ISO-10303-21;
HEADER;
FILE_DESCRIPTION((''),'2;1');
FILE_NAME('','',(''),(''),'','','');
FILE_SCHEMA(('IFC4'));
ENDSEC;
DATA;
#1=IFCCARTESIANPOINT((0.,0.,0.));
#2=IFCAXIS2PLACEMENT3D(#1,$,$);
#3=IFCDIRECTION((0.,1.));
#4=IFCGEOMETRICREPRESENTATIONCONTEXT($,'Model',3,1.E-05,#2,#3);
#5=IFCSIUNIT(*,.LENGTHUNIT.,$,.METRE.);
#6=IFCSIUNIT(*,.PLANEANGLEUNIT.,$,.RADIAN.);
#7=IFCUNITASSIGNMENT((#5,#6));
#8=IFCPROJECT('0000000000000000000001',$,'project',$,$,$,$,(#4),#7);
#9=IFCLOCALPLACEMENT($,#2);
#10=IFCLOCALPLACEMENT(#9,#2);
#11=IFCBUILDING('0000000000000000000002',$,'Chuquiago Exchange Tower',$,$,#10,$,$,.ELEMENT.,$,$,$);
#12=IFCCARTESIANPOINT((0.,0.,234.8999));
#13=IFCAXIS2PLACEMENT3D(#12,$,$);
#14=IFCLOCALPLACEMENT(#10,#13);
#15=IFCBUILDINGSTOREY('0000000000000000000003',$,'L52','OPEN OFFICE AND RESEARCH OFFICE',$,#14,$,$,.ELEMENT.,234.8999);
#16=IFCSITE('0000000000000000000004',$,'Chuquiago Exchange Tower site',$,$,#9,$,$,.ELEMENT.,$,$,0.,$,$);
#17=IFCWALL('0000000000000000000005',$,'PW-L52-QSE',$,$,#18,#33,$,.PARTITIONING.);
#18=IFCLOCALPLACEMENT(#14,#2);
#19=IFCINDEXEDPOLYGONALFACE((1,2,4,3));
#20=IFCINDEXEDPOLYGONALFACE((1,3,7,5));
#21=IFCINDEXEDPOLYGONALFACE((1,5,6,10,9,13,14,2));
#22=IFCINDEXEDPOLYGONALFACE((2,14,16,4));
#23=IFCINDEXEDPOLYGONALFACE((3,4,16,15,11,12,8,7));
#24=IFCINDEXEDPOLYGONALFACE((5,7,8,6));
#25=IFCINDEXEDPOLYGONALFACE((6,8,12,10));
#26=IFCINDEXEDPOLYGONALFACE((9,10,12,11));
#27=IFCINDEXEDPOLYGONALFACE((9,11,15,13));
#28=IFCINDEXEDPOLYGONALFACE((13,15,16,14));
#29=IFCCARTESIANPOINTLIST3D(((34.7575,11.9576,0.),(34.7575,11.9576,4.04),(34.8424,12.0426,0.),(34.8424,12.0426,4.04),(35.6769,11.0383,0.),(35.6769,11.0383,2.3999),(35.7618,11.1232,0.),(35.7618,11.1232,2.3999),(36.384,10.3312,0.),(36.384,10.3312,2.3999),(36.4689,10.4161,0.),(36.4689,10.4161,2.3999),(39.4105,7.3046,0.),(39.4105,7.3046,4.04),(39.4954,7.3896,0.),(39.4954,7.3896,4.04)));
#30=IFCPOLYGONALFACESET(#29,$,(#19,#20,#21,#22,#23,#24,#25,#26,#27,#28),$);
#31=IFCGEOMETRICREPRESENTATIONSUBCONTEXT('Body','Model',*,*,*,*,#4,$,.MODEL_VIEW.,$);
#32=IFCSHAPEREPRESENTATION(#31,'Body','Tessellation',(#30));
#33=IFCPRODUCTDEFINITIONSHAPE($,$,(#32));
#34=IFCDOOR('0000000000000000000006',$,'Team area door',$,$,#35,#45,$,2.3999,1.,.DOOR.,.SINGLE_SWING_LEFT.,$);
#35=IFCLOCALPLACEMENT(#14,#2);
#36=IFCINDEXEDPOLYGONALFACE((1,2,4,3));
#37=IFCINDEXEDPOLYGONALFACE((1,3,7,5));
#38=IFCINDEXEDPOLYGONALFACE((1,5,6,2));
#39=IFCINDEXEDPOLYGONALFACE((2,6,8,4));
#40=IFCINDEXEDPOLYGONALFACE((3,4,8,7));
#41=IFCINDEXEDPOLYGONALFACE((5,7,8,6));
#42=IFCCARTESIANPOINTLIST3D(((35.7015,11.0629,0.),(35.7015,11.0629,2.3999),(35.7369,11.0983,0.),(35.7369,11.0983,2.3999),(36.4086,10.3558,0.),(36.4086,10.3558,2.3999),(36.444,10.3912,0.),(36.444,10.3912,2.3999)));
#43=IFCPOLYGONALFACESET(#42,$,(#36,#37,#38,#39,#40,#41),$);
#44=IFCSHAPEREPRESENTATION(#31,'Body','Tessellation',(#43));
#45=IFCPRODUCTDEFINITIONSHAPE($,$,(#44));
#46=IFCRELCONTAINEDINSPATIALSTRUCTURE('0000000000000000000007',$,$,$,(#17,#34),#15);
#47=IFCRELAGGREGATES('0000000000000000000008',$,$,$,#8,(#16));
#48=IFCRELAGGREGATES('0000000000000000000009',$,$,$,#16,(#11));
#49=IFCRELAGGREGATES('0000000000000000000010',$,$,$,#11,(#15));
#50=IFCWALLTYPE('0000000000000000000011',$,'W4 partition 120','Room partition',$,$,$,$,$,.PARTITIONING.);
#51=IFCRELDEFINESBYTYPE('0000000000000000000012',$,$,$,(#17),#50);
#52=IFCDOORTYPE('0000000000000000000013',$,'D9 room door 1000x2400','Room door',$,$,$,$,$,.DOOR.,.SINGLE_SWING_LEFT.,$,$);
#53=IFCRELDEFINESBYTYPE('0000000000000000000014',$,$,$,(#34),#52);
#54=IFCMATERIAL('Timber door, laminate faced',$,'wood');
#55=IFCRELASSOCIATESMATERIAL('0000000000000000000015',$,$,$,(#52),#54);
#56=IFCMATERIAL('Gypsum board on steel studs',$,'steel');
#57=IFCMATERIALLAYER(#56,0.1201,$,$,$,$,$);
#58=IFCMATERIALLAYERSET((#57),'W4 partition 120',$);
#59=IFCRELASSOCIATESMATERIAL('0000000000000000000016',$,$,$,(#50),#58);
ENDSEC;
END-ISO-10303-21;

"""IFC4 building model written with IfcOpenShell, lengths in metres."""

from ifc_helpers import new_model, si_unit, direction, frame, frame_2d, origin, place, context, subcontext, project, spatial, rectangle, extrude, material, layer, layer_set, type_object, element, fill, save


model = new_model("IFC4")

# Units and contexts
model_context = context("Model", 3, precision=1e-05, world=origin(), true_north=direction((0.0, 1.0)))
body_context = subcontext(model_context, "Body", "Model", "MODEL_VIEW")
ifc_project = project(units=[si_unit("LENGTHUNIT", "METRE"), si_unit("PLANEANGLEUNIT", "RADIAN")], contexts=[model_context])

# Site, building, storey
site_placement = place(None, origin())
site = spatial("IfcSite", under=ifc_project, at=site_placement, Name="Chuquiago Exchange Tower site", CompositionType="ELEMENT", RefElevation=0.0)
building_placement = place(site_placement, origin())
building = spatial("IfcBuilding", under=site, at=building_placement, Name="Chuquiago Exchange Tower", CompositionType="ELEMENT")
storey_placement = place(building_placement, frame((0.0, 0.0, 234.8999)))
storey = spatial("IfcBuildingStorey", under=building, at=storey_placement, Name="L52", Description="OPEN OFFICE AND RESEARCH OFFICE", CompositionType="ELEMENT", Elevation=234.8999)

# Shared definitions
ifc_material_1 = material(Name="Timber door, laminate faced", Category="wood")
door_type = type_object("IfcDoorType", Name="D9 room door 1000x2400", Description="Room door", OperationType="SINGLE_SWING_LEFT", PredefinedType="DOOR", material=ifc_material_1)

# Shared definitions
ifc_material_2 = material(Name="Gypsum board on steel studs", Category="steel")
ifc_layer_1 = layer(ifc_material_2, 0.1201)
ifc_layer_set_1 = layer_set([ifc_layer_1], Name="W4 partition 120")
wall_type_1 = type_object("IfcWallType", Name="W4 partition 120", Description="Room partition", PredefinedType="PARTITIONING", material=ifc_layer_set_1)

# Wall, opening, door
wall_1_placement = place(storey_placement, frame((34.8, 12.0, 0.0), z_axis=(0.0, 0.0, 1.0), x_axis=(0.707107, -0.707107, 0.0)))
wall_1 = element("IfcWall", 1, at=wall_1_placement, inside=storey, type_object=wall_type_1, Name="PW-L52-QSE", PredefinedType="PARTITIONING", context=body_context, shape_type="SweptSolid", body=[
    extrude(rectangle(XDim=6.5803, YDim=0.1201, at=frame_2d((3.29, 0.0))), origin(), (0.0, 0.0, 1.0), 4.04),
])
opening_1_placement = place(wall_1_placement, frame((1.3, 0.0, 0.0)))
opening_1 = element("IfcOpeningElement", 2, at=opening_1_placement, cuts=wall_1, PredefinedType="OPENING", context=body_context, shape_type="SweptSolid", body=[
    extrude(rectangle(XDim=1.0, YDim=2.3999, at=frame_2d((0.5, 1.2))), frame((0.0, 0.0701, 0.0), z_axis=(0.0, -1.0, 0.0), x_axis=(1.0, 0.0, 0.0)), (0.0, 0.0, 1.0), 0.1401),
])
door_1_placement = place(opening_1_placement, origin())
door_1 = element("IfcDoor", 3, at=door_1_placement, inside=storey, type_object=door_type, Name="Team area door", OperationType="SINGLE_SWING_LEFT", OverallHeight=2.3999, OverallWidth=1.0, PredefinedType="DOOR", context=body_context, shape_type="SweptSolid", body=[
    extrude(rectangle(XDim=1.0, YDim=2.3999, at=frame_2d((0.5, 1.2))), frame((0.0, 0.0249, 0.0), z_axis=(0.0, -1.0, 0.0), x_axis=(1.0, 0.0, 0.0)), (0.0, 0.0, 1.0), 0.05),
])
fill(opening_1, door_1)

save(model, "model.ifc")
